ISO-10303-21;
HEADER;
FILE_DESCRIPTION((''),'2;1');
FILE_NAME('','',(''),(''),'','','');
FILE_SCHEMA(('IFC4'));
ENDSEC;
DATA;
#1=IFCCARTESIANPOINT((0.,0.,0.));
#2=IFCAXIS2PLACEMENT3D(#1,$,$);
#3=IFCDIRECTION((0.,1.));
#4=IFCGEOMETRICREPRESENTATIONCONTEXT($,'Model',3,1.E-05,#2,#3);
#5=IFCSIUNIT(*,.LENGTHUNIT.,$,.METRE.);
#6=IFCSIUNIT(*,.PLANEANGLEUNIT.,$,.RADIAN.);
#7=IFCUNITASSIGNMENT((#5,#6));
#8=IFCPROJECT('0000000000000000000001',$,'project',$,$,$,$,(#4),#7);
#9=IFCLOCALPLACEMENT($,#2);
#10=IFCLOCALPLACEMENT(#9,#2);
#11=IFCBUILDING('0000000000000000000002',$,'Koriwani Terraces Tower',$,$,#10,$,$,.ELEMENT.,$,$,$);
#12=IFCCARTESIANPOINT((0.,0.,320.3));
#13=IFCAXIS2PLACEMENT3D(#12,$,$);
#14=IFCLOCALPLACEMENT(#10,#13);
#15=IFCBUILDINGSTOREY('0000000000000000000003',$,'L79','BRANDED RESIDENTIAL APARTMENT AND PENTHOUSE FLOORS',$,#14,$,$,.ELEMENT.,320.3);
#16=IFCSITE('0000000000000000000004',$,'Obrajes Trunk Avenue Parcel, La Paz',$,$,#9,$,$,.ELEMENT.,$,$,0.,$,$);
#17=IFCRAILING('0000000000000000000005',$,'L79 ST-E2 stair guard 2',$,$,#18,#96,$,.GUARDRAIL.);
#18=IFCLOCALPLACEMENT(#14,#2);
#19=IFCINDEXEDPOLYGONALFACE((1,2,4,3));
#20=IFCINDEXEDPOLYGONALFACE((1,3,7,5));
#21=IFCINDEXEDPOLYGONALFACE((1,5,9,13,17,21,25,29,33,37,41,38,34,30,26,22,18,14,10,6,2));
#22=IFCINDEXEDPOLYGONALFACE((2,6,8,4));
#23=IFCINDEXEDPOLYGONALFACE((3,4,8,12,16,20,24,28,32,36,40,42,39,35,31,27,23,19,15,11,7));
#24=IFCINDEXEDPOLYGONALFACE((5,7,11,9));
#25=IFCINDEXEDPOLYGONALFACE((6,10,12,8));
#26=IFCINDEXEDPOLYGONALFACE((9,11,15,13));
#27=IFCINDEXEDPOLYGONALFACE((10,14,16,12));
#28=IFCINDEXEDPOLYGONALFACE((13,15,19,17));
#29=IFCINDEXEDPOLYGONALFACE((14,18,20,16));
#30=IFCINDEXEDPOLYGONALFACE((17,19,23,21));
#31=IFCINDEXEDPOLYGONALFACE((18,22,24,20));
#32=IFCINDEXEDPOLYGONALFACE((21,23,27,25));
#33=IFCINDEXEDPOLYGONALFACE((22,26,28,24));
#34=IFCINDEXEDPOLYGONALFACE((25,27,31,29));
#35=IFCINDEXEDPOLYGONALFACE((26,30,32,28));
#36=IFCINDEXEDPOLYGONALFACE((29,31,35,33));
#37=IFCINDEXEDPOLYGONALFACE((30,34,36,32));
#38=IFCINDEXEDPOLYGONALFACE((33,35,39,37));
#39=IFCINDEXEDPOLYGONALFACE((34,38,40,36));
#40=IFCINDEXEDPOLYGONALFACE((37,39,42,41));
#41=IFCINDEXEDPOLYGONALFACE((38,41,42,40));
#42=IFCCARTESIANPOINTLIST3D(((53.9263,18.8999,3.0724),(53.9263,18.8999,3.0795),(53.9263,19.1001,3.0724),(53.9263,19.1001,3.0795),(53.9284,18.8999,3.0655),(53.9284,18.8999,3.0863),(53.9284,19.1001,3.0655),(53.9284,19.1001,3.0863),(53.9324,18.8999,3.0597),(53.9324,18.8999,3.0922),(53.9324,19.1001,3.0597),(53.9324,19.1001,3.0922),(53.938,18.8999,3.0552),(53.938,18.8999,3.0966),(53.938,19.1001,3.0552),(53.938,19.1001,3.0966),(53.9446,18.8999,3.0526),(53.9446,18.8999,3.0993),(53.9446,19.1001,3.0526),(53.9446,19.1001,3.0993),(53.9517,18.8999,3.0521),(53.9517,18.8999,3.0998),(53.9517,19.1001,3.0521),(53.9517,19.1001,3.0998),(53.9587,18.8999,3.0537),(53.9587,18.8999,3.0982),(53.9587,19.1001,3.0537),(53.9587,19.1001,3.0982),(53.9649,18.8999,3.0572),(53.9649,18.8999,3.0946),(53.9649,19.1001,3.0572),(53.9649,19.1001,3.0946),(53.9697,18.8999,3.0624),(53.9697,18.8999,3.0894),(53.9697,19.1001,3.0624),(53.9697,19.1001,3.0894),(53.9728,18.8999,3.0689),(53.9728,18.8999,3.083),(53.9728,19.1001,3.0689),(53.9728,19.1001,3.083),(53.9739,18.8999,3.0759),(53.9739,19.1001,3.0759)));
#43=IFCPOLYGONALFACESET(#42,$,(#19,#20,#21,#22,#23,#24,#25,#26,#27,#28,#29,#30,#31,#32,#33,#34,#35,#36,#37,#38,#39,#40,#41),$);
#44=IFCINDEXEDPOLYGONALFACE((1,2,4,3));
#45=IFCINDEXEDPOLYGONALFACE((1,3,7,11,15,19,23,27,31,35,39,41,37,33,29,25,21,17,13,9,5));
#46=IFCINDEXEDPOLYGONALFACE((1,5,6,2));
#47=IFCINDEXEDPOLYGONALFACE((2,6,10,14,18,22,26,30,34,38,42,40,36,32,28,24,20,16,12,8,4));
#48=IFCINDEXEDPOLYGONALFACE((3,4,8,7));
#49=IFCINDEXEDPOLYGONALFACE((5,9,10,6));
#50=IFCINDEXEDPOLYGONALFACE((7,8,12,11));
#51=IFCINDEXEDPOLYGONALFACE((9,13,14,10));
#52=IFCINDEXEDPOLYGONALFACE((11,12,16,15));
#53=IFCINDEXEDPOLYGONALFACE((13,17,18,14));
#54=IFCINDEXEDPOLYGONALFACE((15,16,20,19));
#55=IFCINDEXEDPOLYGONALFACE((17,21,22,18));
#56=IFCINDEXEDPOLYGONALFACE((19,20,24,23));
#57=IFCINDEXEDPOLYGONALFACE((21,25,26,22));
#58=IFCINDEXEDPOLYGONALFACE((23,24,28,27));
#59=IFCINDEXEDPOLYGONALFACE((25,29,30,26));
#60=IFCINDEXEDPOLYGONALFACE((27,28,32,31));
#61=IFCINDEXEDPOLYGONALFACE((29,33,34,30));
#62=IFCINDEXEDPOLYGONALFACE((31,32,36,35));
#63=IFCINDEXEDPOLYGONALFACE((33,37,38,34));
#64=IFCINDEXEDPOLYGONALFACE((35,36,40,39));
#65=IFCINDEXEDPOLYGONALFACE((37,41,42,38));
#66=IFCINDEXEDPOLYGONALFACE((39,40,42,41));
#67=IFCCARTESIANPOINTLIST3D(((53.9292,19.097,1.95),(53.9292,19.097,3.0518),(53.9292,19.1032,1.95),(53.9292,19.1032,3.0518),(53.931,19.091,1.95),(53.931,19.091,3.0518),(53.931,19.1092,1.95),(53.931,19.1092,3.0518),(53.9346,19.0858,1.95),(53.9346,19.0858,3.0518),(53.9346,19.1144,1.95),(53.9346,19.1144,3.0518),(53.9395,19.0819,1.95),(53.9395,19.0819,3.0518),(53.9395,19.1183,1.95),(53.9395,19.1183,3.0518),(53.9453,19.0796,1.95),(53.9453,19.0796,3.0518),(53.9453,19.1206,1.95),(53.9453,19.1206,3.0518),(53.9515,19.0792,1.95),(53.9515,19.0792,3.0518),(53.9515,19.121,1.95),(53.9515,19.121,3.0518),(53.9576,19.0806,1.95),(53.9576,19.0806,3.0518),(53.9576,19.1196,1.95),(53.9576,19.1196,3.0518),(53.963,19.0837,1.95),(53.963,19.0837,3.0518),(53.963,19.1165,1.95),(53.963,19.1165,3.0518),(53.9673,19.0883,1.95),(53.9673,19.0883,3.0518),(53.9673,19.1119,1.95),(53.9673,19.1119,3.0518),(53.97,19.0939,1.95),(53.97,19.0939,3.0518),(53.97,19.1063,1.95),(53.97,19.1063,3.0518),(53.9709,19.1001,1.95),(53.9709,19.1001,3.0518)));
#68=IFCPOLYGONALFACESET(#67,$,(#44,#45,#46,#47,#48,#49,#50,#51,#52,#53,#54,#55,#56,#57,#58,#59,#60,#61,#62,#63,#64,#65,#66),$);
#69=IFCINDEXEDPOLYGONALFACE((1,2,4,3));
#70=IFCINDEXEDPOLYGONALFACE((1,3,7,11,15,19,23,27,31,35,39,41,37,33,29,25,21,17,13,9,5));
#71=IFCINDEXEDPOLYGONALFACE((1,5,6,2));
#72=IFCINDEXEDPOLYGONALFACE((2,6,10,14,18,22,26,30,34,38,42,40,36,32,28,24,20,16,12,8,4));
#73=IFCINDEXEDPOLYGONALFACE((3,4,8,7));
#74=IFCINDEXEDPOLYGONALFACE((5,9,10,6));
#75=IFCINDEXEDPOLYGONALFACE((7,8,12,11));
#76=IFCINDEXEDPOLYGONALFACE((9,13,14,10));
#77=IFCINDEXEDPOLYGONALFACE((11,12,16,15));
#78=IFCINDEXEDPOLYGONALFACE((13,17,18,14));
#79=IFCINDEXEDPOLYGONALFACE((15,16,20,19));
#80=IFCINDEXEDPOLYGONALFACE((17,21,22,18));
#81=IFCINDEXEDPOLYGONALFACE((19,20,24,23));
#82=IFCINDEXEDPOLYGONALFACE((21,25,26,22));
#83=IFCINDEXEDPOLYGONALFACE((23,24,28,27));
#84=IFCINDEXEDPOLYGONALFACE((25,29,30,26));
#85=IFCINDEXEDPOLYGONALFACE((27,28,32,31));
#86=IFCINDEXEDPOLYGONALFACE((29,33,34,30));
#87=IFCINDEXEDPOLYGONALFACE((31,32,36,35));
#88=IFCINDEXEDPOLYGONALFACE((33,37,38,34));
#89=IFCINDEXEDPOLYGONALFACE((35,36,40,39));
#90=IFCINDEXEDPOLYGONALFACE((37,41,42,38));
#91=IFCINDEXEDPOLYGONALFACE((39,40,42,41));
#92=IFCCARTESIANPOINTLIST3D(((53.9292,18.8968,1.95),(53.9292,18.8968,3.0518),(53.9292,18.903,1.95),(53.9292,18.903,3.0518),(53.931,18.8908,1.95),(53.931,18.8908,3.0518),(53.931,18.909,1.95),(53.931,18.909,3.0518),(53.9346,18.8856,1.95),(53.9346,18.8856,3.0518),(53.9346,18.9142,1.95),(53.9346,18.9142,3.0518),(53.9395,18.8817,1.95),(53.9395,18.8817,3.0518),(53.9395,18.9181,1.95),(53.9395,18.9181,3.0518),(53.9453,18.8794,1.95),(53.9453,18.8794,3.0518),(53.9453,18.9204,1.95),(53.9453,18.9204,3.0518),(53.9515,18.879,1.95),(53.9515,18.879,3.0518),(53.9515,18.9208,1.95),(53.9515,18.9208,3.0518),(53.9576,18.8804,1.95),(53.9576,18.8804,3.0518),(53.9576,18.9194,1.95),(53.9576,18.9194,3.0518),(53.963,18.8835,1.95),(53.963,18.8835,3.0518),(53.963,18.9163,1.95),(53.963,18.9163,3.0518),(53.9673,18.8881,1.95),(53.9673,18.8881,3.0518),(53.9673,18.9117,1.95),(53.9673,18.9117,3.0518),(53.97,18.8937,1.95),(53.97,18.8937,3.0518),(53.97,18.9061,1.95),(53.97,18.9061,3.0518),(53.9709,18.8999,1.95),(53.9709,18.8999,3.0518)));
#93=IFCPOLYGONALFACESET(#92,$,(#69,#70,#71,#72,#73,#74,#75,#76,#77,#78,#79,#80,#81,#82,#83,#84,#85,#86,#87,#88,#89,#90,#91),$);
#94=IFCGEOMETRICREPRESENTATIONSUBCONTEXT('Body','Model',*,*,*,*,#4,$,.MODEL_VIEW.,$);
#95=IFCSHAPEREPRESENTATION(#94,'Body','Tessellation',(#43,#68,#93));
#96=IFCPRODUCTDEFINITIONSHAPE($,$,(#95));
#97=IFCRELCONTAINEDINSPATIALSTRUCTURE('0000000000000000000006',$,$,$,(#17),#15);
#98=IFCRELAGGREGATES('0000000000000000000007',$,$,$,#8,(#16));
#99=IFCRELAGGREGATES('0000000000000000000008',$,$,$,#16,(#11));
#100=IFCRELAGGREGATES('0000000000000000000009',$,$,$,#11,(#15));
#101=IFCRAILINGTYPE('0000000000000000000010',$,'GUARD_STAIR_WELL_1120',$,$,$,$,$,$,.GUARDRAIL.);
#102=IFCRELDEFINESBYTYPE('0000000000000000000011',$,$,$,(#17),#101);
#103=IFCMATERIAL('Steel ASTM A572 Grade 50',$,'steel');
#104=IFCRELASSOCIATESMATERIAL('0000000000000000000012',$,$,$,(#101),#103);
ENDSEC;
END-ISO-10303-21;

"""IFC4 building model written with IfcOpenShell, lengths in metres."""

from ifc_helpers import new_model, si_unit, direction, frame, origin, origin_2d, place, context, subcontext, project, spatial, circle, extrude, material, type_object, element, save


model = new_model("IFC4")

# Units and contexts
model_context = context("Model", 3, precision=1e-05, world=origin(), true_north=direction((0.0, 1.0)))
body_context = subcontext(model_context, "Body", "Model", "MODEL_VIEW")
ifc_project = project(units=[si_unit("LENGTHUNIT", "METRE"), si_unit("PLANEANGLEUNIT", "RADIAN")], contexts=[model_context])

# Site, building, storey
site_placement = place(None, origin())
site = spatial("IfcSite", under=ifc_project, at=site_placement, Name="Obrajes Trunk Avenue Parcel, La Paz", CompositionType="ELEMENT", RefElevation=0.0)
building_placement = place(site_placement, origin())
building = spatial("IfcBuilding", under=site, at=building_placement, Name="Koriwani Terraces Tower", CompositionType="ELEMENT")
storey_placement = place(building_placement, frame((0.0, 0.0, 320.3)))
storey = spatial("IfcBuildingStorey", under=building, at=storey_placement, Name="L79", Description="BRANDED RESIDENTIAL APARTMENT AND PENTHOUSE FLOORS", CompositionType="ELEMENT", Elevation=320.3)

# Shared definitions
ifc_material_1 = material(Name="Steel ASTM A572 Grade 50", Category="steel")

# Railing
railing_type_1 = type_object("IfcRailingType", Name="GUARD_STAIR_WELL_1120", PredefinedType="GUARDRAIL", material=ifc_material_1)
railing_1_placement = place(storey_placement, frame((53.95, 19.1001, 1.95)))
element("IfcRailing", 1, at=railing_1_placement, inside=storey, type_object=railing_type_1, Name="L79 ST-E2 stair guard 2", PredefinedType="GUARDRAIL", context=body_context, shape_type="SweptSolid", body=[
    extrude(circle(Radius=0.0239, at=origin_2d()), frame((0.0, 0.0, 1.126), z_axis=(0.0, -1.0, 0.0), x_axis=(1.0, 0.0, 0.0)), (0.0, 0.0, 1.0), 0.2002),
    extrude(circle(Radius=0.021, at=origin_2d()), origin(), (0.0, 0.0, 1.0), 1.1018),
    extrude(circle(Radius=0.021, at=origin_2d()), frame((0.0, -0.2002, 0.0)), (0.0, 0.0, 1.0), 1.1018),
])

save(model, "model.ifc")
